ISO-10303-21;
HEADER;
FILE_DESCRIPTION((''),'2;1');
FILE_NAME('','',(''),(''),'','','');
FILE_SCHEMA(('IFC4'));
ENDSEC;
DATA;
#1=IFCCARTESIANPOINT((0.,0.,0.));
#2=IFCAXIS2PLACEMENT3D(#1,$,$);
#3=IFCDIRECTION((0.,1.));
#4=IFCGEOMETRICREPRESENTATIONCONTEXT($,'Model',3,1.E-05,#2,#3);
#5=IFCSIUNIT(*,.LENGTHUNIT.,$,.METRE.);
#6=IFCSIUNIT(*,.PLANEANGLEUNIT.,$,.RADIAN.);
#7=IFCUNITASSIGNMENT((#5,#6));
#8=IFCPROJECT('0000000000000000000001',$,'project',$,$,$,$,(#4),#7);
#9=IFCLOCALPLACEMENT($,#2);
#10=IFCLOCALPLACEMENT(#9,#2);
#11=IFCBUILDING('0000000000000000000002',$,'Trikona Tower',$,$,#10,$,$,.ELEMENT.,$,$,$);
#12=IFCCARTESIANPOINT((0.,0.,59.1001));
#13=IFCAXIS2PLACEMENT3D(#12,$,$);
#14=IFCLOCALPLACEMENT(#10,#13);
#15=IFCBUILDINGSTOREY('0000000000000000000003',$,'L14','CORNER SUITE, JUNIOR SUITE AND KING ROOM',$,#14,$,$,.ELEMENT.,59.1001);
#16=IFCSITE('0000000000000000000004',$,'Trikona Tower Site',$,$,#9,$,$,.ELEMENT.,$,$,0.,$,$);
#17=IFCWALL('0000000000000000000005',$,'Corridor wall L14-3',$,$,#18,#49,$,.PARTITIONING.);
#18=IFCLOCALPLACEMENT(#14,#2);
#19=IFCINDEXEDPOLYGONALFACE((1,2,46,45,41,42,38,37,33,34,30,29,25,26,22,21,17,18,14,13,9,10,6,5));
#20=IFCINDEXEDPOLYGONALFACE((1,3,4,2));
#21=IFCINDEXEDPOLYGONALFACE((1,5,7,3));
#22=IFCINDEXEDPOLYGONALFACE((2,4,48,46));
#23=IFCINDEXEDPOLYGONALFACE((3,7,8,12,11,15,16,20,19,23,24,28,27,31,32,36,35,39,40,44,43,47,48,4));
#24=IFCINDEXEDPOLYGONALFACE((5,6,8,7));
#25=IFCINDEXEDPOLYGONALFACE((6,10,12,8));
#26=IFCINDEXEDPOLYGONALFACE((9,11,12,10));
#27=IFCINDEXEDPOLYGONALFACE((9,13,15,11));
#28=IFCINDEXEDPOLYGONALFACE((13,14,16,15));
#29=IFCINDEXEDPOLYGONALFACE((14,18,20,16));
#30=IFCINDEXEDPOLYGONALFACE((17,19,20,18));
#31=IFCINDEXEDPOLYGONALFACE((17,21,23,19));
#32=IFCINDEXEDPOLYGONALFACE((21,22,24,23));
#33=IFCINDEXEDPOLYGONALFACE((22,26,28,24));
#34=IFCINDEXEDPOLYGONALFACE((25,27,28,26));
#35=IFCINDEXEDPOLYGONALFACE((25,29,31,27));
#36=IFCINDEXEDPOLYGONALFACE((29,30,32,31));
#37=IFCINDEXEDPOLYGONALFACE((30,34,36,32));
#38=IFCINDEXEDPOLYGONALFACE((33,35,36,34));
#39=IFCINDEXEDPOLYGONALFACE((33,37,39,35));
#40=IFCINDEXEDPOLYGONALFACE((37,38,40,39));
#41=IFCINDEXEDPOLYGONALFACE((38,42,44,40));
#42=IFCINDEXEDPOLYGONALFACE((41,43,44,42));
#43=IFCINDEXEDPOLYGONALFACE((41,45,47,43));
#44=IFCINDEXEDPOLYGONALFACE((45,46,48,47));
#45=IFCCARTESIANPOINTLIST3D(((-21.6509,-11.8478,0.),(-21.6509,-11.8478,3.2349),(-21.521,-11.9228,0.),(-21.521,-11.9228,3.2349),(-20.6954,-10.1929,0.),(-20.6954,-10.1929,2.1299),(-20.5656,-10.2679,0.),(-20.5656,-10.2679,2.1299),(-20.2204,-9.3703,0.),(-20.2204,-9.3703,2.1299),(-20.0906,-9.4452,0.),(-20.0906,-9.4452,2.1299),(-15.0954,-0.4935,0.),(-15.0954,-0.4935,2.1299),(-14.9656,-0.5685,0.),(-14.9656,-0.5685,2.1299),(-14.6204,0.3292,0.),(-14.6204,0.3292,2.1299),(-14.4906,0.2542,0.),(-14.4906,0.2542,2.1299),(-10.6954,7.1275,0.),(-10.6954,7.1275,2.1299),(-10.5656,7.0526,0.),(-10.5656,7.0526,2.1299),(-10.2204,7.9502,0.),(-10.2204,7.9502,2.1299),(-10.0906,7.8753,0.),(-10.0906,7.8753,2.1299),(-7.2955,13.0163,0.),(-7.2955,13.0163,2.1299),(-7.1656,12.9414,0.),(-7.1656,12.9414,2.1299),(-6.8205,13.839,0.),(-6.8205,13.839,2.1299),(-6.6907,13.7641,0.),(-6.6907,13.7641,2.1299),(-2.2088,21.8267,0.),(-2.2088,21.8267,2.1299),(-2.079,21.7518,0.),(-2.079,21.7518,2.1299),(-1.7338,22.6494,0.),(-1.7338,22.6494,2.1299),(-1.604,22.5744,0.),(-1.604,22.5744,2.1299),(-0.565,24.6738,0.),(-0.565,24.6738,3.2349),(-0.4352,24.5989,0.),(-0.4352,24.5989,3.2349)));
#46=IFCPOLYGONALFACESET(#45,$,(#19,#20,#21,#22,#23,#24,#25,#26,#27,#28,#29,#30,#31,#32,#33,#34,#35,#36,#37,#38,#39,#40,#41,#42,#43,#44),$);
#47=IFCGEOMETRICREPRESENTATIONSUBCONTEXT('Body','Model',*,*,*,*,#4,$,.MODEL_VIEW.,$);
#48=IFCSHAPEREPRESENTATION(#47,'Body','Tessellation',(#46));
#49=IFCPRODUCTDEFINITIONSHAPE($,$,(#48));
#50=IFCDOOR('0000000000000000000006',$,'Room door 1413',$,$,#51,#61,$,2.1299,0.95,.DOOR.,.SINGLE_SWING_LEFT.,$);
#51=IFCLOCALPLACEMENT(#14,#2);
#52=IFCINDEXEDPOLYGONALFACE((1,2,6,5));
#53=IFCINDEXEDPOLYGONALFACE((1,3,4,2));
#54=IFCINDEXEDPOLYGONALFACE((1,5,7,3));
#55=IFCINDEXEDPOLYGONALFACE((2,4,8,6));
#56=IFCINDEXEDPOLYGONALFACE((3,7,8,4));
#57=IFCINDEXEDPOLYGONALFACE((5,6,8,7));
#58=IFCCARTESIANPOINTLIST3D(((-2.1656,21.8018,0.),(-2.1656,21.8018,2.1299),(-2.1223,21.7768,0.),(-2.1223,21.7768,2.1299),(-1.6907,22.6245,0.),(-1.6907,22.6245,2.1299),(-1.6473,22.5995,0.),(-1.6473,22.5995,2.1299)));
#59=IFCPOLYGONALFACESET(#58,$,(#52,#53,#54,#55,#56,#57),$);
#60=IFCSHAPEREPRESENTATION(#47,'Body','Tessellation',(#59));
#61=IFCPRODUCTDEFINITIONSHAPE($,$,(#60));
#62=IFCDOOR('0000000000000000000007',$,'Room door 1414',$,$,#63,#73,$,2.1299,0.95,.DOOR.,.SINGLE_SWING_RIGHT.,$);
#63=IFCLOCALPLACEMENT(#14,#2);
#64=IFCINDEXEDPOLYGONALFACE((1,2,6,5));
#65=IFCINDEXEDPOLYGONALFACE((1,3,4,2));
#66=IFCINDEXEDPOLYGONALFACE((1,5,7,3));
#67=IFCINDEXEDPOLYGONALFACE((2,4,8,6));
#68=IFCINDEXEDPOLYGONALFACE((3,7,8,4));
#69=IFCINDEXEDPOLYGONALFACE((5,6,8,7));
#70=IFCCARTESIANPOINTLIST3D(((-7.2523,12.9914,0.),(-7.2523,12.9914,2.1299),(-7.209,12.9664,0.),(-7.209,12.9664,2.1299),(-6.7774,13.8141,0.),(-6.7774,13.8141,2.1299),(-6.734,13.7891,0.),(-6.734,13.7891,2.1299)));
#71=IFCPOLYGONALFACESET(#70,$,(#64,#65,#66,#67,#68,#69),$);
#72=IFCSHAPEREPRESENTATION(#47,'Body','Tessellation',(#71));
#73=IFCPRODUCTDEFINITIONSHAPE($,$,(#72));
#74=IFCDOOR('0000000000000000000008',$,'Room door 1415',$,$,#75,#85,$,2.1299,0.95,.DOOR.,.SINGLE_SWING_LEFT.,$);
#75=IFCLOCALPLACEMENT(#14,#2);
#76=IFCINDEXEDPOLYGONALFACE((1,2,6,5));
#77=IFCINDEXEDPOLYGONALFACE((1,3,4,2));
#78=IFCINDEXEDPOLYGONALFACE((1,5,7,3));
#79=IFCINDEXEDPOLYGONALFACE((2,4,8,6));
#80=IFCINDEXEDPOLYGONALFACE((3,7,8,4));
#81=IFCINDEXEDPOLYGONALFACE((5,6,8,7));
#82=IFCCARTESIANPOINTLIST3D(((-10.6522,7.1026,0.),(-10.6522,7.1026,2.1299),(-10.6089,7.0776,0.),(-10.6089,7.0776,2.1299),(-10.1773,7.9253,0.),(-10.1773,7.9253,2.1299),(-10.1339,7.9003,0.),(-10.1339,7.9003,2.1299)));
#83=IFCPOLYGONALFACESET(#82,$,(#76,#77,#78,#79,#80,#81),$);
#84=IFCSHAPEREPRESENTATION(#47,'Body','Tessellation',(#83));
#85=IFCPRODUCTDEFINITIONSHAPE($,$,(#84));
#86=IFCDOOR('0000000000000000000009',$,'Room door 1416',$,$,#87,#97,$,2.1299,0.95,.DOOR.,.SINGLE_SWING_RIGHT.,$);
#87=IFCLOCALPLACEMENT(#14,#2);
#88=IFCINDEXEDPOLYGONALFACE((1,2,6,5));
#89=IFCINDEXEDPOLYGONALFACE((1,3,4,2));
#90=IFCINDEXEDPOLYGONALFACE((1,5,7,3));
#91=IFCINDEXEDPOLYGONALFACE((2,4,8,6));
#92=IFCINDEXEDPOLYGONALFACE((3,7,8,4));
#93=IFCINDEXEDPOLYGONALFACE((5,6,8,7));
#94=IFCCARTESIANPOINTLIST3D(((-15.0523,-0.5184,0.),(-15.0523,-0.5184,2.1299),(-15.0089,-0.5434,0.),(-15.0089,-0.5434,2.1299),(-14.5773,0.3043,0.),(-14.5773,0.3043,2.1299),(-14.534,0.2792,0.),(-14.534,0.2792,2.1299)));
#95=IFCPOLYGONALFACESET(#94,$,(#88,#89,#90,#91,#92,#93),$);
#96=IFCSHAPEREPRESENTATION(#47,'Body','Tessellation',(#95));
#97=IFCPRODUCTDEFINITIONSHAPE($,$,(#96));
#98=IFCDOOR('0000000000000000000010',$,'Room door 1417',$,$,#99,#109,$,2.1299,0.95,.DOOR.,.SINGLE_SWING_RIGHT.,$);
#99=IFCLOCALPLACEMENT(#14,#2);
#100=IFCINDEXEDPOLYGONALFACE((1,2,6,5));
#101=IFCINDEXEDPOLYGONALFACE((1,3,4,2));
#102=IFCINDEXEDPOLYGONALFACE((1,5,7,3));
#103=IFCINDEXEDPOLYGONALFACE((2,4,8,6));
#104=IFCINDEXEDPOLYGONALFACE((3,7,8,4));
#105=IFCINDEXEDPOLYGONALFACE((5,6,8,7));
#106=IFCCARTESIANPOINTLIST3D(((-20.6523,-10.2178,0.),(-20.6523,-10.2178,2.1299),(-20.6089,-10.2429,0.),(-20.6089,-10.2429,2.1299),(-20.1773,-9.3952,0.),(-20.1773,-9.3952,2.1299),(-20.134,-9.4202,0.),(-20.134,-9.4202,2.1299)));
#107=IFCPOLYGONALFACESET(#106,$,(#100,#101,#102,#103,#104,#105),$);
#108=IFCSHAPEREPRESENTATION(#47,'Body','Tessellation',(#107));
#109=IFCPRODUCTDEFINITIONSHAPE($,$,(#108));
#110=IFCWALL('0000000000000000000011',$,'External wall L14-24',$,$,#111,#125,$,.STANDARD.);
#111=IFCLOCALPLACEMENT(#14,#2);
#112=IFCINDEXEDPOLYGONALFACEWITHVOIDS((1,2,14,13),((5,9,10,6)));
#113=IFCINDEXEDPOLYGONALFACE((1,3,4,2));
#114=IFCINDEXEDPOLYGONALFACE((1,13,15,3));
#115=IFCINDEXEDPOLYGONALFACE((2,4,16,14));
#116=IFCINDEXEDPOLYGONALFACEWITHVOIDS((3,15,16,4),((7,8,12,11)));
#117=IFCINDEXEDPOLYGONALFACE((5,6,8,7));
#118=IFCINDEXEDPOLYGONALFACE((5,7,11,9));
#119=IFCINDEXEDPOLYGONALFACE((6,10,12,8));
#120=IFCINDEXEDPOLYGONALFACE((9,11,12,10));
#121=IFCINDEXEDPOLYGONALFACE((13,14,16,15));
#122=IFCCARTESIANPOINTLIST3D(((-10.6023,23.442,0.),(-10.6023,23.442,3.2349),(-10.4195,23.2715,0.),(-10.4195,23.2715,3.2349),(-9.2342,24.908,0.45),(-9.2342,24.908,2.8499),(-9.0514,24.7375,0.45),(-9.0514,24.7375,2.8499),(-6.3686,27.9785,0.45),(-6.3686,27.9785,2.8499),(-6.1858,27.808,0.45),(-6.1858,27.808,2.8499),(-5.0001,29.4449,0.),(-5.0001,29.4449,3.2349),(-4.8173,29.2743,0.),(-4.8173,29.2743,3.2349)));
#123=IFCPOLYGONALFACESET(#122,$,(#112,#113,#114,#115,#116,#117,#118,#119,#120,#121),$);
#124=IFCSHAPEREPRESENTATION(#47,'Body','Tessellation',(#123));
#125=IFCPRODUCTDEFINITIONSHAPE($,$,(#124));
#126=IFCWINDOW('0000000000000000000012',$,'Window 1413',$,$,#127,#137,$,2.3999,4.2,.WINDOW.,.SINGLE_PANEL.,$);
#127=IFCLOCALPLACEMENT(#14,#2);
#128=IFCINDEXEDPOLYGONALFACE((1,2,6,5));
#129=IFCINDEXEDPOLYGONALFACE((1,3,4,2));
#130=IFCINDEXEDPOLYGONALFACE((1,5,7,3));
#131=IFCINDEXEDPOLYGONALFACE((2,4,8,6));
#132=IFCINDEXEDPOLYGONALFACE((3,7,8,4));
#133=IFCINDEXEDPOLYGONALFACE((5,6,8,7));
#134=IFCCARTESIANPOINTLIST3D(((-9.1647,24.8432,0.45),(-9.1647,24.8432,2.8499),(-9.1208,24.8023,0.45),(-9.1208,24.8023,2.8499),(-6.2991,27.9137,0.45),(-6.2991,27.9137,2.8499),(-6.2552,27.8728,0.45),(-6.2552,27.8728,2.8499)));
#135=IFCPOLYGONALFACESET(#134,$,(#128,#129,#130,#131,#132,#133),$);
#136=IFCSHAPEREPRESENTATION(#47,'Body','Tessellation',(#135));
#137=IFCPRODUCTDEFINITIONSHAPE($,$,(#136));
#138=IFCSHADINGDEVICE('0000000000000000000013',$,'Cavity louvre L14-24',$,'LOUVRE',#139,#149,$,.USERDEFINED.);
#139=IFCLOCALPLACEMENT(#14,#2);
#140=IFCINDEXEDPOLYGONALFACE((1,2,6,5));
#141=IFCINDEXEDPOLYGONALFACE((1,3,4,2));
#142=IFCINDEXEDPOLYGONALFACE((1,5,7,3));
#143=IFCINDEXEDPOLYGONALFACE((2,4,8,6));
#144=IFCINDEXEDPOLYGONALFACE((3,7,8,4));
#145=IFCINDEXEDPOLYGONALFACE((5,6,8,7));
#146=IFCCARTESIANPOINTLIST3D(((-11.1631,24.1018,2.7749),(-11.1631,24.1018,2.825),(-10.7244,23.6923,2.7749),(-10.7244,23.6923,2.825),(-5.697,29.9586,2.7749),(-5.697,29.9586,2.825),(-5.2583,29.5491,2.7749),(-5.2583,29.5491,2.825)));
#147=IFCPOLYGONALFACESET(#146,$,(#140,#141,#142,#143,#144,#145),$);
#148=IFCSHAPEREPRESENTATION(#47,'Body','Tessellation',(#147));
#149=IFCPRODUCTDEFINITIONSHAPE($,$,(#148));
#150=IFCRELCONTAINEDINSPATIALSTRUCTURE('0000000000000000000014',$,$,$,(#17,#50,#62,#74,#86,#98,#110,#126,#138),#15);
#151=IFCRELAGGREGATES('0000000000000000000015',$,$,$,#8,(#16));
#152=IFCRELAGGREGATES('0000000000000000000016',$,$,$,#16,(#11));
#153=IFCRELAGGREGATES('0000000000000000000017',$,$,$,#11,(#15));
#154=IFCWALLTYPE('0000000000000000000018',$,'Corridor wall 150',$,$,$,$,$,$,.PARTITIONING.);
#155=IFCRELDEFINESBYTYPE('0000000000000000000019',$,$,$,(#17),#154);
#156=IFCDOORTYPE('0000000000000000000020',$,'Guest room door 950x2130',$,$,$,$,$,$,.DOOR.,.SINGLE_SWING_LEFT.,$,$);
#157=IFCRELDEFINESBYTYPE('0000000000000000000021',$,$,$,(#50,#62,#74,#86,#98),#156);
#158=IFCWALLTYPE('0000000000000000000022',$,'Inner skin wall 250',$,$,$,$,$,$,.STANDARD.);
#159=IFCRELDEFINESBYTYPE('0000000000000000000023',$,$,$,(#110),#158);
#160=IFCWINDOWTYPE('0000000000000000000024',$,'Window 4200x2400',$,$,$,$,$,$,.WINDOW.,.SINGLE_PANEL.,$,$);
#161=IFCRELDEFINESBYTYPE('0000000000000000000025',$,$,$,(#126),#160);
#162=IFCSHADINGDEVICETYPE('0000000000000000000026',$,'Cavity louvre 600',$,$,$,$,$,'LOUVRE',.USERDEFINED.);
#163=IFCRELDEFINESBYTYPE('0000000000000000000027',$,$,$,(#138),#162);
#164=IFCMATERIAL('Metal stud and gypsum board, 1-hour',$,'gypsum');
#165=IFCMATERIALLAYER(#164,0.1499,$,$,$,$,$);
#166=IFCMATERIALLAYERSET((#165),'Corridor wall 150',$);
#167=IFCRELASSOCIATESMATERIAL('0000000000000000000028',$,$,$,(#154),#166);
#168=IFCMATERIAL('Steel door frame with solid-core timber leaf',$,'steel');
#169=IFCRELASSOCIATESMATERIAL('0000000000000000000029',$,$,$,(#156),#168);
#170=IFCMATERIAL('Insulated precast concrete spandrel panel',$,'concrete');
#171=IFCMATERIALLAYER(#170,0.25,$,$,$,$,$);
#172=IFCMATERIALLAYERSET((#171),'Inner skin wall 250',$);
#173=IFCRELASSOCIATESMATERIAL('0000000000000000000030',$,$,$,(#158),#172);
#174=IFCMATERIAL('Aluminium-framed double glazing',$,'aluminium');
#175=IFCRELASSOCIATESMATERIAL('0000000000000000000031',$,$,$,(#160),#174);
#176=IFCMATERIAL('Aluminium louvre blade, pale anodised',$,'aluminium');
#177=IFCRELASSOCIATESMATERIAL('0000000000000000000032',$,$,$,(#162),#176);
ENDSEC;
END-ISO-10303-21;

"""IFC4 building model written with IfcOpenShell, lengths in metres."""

from ifc_helpers import new_model, si_unit, direction, frame, frame_2d, origin, origin_2d, place, context, subcontext, project, spatial, rectangle, extrude, material, layer, layer_set, type_object, element, fill, save


model = new_model("IFC4")

# Units and contexts
model_context = context("Model", 3, precision=1e-05, world=origin(), true_north=direction((0.0, 1.0)))
body_context = subcontext(model_context, "Body", "Model", "MODEL_VIEW")
ifc_project = project(units=[si_unit("LENGTHUNIT", "METRE"), si_unit("PLANEANGLEUNIT", "RADIAN")], contexts=[model_context])

# Site, building, storey
site_placement = place(None, origin())
site = spatial("IfcSite", under=ifc_project, at=site_placement, Name="Trikona Tower Site", CompositionType="ELEMENT", RefElevation=0.0)
building_placement = place(site_placement, origin())
building = spatial("IfcBuilding", under=site, at=building_placement, Name="Trikona Tower", CompositionType="ELEMENT")
storey_placement = place(building_placement, frame((0.0, 0.0, 59.1001)))
storey = spatial("IfcBuildingStorey", under=building, at=storey_placement, Name="L14", Description="CORNER SUITE, JUNIOR SUITE AND KING ROOM", CompositionType="ELEMENT", Elevation=59.1001)

# Wall, openings, doors
ifc_material_1 = material(Name="Metal stud and gypsum board, 1-hour", Category="gypsum")
ifc_layer_1 = layer(ifc_material_1, 0.1499)
ifc_layer_set_1 = layer_set([ifc_layer_1], Name="Corridor wall 150")
wall_type_1 = type_object("IfcWallType", Name="Corridor wall 150", PredefinedType="PARTITIONING", material=ifc_layer_set_1)
wall_1_placement = place(storey_placement, frame((-0.5, 24.6365, 0.0), z_axis=(0.0, 0.0, 1.0), x_axis=(-0.500002, -0.866024, 0.0)))
wall_1 = element("IfcWall", 1, at=wall_1_placement, inside=storey, type_object=wall_type_1, Name="Corridor wall L14-3", PredefinedType="PARTITIONING", context=body_context, shape_type="SweptSolid", body=[
    extrude(rectangle(XDim=42.1716, YDim=0.1499, at=frame_2d((21.0859, 0.0))), origin(), (0.0, 0.0, 1.0), 3.2349),
])
opening_1_placement = place(wall_1_placement, frame((2.3376, 0.0, 0.0)))
opening_1 = element("IfcOpeningElement", 2, at=opening_1_placement, cuts=wall_1, PredefinedType="OPENING", context=body_context, shape_type="SweptSolid", body=[
    extrude(rectangle(XDim=0.95, YDim=2.1299, at=frame_2d((0.4751, 1.0649))), frame((0.0, 0.085, 0.0), z_axis=(0.0, -1.0, 0.0), x_axis=(1.0, 0.0, 0.0)), (0.0, 0.0, 1.0), 0.1699),
])
opening_2_placement = place(wall_1_placement, frame((12.511, 0.0, 0.0)))
opening_2 = element("IfcOpeningElement", 3, at=opening_2_placement, cuts=wall_1, PredefinedType="OPENING", context=body_context, shape_type="SweptSolid", body=[
    extrude(rectangle(XDim=0.95, YDim=2.1299, at=frame_2d((0.4751, 1.0649))), frame((0.0, 0.085, 0.0), z_axis=(0.0, -1.0, 0.0), x_axis=(1.0, 0.0, 0.0)), (0.0, 0.0, 1.0), 0.1699),
])
opening_3_placement = place(wall_1_placement, frame((19.3108, 0.0, 0.0)))
opening_3 = element("IfcOpeningElement", 4, at=opening_3_placement, cuts=wall_1, PredefinedType="OPENING", context=body_context, shape_type="SweptSolid", body=[
    extrude(rectangle(XDim=0.95, YDim=2.1299, at=frame_2d((0.4751, 1.0649))), frame((0.0, 0.085, 0.0), z_axis=(0.0, -1.0, 0.0), x_axis=(1.0, 0.0, 0.0)), (0.0, 0.0, 1.0), 0.1699),
])
opening_4_placement = place(wall_1_placement, frame((28.1108, 0.0, 0.0)))
opening_4 = element("IfcOpeningElement", 5, at=opening_4_placement, cuts=wall_1, PredefinedType="OPENING", context=body_context, shape_type="SweptSolid", body=[
    extrude(rectangle(XDim=0.95, YDim=2.1299, at=frame_2d((0.4751, 1.0649))), frame((0.0, 0.085, 0.0), z_axis=(0.0, -1.0, 0.0), x_axis=(1.0, 0.0, 0.0)), (0.0, 0.0, 1.0), 0.1699),
])
opening_5_placement = place(wall_1_placement, frame((39.3108, 0.0, 0.0)))
opening_5 = element("IfcOpeningElement", 6, at=opening_5_placement, cuts=wall_1, PredefinedType="OPENING", context=body_context, shape_type="SweptSolid", body=[
    extrude(rectangle(XDim=0.95, YDim=2.1299, at=frame_2d((0.4751, 1.0649))), frame((0.0, 0.085, 0.0), z_axis=(0.0, -1.0, 0.0), x_axis=(1.0, 0.0, 0.0)), (0.0, 0.0, 1.0), 0.1699),
])
ifc_material_2 = material(Name="Steel door frame with solid-core timber leaf", Category="steel")
door_type = type_object("IfcDoorType", Name="Guest room door 950x2130", OperationType="SINGLE_SWING_LEFT", PredefinedType="DOOR", material=ifc_material_2)
door_1_placement = place(opening_1_placement, origin())
door_1 = element("IfcDoor", 7, at=door_1_placement, inside=storey, type_object=door_type, Name="Room door 1413", OperationType="SINGLE_SWING_LEFT", OverallHeight=2.1299, OverallWidth=0.95, PredefinedType="DOOR", context=body_context, shape_type="SweptSolid", body=[
    extrude(rectangle(XDim=0.95, YDim=2.1299, at=frame_2d((0.4751, 1.0649))), frame((0.0, 0.0249, 0.0), z_axis=(0.0, -1.0, 0.0), x_axis=(1.0, 0.0, 0.0)), (0.0, 0.0, 1.0), 0.05),
])
fill(opening_1, door_1)
door_2_placement = place(opening_2_placement, origin())
door_2 = element("IfcDoor", 8, at=door_2_placement, inside=storey, type_object=door_type, Name="Room door 1414", OperationType="SINGLE_SWING_RIGHT", OverallHeight=2.1299, OverallWidth=0.95, PredefinedType="DOOR", context=body_context, shape_type="SweptSolid", body=[
    extrude(rectangle(XDim=0.95, YDim=2.1299, at=frame_2d((0.4751, 1.0649))), frame((0.0, 0.0249, 0.0), z_axis=(0.0, -1.0, 0.0), x_axis=(1.0, 0.0, 0.0)), (0.0, 0.0, 1.0), 0.05),
])
fill(opening_2, door_2)
door_3_placement = place(opening_3_placement, origin())
door_3 = element("IfcDoor", 9, at=door_3_placement, inside=storey, type_object=door_type, Name="Room door 1415", OperationType="SINGLE_SWING_LEFT", OverallHeight=2.1299, OverallWidth=0.95, PredefinedType="DOOR", context=body_context, shape_type="SweptSolid", body=[
    extrude(rectangle(XDim=0.95, YDim=2.1299, at=frame_2d((0.4751, 1.0649))), frame((0.0, 0.0249, 0.0), z_axis=(0.0, -1.0, 0.0), x_axis=(1.0, 0.0, 0.0)), (0.0, 0.0, 1.0), 0.05),
])
fill(opening_3, door_3)
door_4_placement = place(opening_4_placement, origin())
door_4 = element("IfcDoor", 10, at=door_4_placement, inside=storey, type_object=door_type, Name="Room door 1416", OperationType="SINGLE_SWING_RIGHT", OverallHeight=2.1299, OverallWidth=0.95, PredefinedType="DOOR", context=body_context, shape_type="SweptSolid", body=[
    extrude(rectangle(XDim=0.95, YDim=2.1299, at=frame_2d((0.4751, 1.0649))), frame((0.0, 0.0249, 0.0), z_axis=(0.0, -1.0, 0.0), x_axis=(1.0, 0.0, 0.0)), (0.0, 0.0, 1.0), 0.05),
])
fill(opening_4, door_4)
door_5_placement = place(opening_5_placement, origin())
door_5 = element("IfcDoor", 11, at=door_5_placement, inside=storey, type_object=door_type, Name="Room door 1417", OperationType="SINGLE_SWING_RIGHT", OverallHeight=2.1299, OverallWidth=0.95, PredefinedType="DOOR", context=body_context, shape_type="SweptSolid", body=[
    extrude(rectangle(XDim=0.95, YDim=2.1299, at=frame_2d((0.4751, 1.0649))), frame((0.0, 0.0249, 0.0), z_axis=(0.0, -1.0, 0.0), x_axis=(1.0, 0.0, 0.0)), (0.0, 0.0, 1.0), 0.05),
])
fill(opening_5, door_5)

# Wall, opening, window
ifc_material_3 = material(Name="Insulated precast concrete spandrel panel", Category="concrete")
ifc_layer_2 = layer(ifc_material_3, 0.25)
ifc_layer_set_2 = layer_set([ifc_layer_2], Name="Inner skin wall 250")
wall_type_2 = type_object("IfcWallType", Name="Inner skin wall 250", PredefinedType="STANDARD", material=ifc_layer_set_2)
wall_2_placement = place(storey_placement, frame((-4.9087, 29.3596, 0.0), z_axis=(0.0, 0.0, 1.0), x_axis=(-0.68229, -0.731082, 0.0)))
wall_2 = element("IfcWall", 12, at=wall_2_placement, inside=storey, type_object=wall_type_2, Name="External wall L14-24", PredefinedType="STANDARD", context=body_context, shape_type="SweptSolid", body=[
    extrude(rectangle(XDim=8.2109, YDim=0.25, at=frame_2d((4.1055, 0.0))), origin(), (0.0, 0.0, 1.0), 3.2349),
])
opening_6_placement = place(wall_2_placement, frame((2.0056, 0.0, 0.45)))
opening_6 = element("IfcOpeningElement", 13, at=opening_6_placement, cuts=wall_2, PredefinedType="OPENING", context=body_context, shape_type="SweptSolid", body=[
    extrude(rectangle(XDim=4.2, YDim=2.3999, at=frame_2d((2.1001, 1.2))), frame((0.0, 0.135, 0.0), z_axis=(0.0, -1.0, 0.0), x_axis=(1.0, 0.0, 0.0)), (0.0, 0.0, 1.0), 0.27),
])
ifc_material_4 = material(Name="Aluminium-framed double glazing", Category="aluminium")
window_type_1 = type_object("IfcWindowType", Name="Window 4200x2400", PartitioningType="SINGLE_PANEL", PredefinedType="WINDOW", material=ifc_material_4)
window_1_placement = place(opening_6_placement, origin())
window_1 = element("IfcWindow", 14, at=window_1_placement, inside=storey, type_object=window_type_1, Name="Window 1413", OverallHeight=2.3999, OverallWidth=4.2, PartitioningType="SINGLE_PANEL", PredefinedType="WINDOW", context=body_context, shape_type="SweptSolid", body=[
    extrude(rectangle(XDim=4.2, YDim=2.3999, at=frame_2d((2.1001, 1.2))), frame((0.0, 0.03, 0.0), z_axis=(0.0, -1.0, 0.0), x_axis=(1.0, 0.0, 0.0)), (0.0, 0.0, 1.0), 0.0601),
])
fill(opening_6, window_1)

# Shading device
ifc_material_5 = material(Name="Aluminium louvre blade, pale anodised", Category="aluminium")
shading_device_type = type_object("IfcShadingDeviceType", Name="Cavity louvre 600", ElementType="LOUVRE", PredefinedType="USERDEFINED", material=ifc_material_5)
shading_device_placement = place(storey_placement, frame((-8.2107, 26.8254, 2.7749), z_axis=(0.0, 0.0, 1.0), x_axis=(-0.682298, -0.731074, 0.0)))
element("IfcShadingDevice", 15, at=shading_device_placement, inside=storey, type_object=shading_device_type, Name="Cavity louvre L14-24", ObjectType="LOUVRE", PredefinedType="USERDEFINED", context=body_context, shape_type="SweptSolid", body=[
    extrude(rectangle(XDim=8.0112, YDim=0.6001, at=origin_2d()), origin(), (0.0, 0.0, 1.0), 0.05),
])

save(model, "model.ifc")
